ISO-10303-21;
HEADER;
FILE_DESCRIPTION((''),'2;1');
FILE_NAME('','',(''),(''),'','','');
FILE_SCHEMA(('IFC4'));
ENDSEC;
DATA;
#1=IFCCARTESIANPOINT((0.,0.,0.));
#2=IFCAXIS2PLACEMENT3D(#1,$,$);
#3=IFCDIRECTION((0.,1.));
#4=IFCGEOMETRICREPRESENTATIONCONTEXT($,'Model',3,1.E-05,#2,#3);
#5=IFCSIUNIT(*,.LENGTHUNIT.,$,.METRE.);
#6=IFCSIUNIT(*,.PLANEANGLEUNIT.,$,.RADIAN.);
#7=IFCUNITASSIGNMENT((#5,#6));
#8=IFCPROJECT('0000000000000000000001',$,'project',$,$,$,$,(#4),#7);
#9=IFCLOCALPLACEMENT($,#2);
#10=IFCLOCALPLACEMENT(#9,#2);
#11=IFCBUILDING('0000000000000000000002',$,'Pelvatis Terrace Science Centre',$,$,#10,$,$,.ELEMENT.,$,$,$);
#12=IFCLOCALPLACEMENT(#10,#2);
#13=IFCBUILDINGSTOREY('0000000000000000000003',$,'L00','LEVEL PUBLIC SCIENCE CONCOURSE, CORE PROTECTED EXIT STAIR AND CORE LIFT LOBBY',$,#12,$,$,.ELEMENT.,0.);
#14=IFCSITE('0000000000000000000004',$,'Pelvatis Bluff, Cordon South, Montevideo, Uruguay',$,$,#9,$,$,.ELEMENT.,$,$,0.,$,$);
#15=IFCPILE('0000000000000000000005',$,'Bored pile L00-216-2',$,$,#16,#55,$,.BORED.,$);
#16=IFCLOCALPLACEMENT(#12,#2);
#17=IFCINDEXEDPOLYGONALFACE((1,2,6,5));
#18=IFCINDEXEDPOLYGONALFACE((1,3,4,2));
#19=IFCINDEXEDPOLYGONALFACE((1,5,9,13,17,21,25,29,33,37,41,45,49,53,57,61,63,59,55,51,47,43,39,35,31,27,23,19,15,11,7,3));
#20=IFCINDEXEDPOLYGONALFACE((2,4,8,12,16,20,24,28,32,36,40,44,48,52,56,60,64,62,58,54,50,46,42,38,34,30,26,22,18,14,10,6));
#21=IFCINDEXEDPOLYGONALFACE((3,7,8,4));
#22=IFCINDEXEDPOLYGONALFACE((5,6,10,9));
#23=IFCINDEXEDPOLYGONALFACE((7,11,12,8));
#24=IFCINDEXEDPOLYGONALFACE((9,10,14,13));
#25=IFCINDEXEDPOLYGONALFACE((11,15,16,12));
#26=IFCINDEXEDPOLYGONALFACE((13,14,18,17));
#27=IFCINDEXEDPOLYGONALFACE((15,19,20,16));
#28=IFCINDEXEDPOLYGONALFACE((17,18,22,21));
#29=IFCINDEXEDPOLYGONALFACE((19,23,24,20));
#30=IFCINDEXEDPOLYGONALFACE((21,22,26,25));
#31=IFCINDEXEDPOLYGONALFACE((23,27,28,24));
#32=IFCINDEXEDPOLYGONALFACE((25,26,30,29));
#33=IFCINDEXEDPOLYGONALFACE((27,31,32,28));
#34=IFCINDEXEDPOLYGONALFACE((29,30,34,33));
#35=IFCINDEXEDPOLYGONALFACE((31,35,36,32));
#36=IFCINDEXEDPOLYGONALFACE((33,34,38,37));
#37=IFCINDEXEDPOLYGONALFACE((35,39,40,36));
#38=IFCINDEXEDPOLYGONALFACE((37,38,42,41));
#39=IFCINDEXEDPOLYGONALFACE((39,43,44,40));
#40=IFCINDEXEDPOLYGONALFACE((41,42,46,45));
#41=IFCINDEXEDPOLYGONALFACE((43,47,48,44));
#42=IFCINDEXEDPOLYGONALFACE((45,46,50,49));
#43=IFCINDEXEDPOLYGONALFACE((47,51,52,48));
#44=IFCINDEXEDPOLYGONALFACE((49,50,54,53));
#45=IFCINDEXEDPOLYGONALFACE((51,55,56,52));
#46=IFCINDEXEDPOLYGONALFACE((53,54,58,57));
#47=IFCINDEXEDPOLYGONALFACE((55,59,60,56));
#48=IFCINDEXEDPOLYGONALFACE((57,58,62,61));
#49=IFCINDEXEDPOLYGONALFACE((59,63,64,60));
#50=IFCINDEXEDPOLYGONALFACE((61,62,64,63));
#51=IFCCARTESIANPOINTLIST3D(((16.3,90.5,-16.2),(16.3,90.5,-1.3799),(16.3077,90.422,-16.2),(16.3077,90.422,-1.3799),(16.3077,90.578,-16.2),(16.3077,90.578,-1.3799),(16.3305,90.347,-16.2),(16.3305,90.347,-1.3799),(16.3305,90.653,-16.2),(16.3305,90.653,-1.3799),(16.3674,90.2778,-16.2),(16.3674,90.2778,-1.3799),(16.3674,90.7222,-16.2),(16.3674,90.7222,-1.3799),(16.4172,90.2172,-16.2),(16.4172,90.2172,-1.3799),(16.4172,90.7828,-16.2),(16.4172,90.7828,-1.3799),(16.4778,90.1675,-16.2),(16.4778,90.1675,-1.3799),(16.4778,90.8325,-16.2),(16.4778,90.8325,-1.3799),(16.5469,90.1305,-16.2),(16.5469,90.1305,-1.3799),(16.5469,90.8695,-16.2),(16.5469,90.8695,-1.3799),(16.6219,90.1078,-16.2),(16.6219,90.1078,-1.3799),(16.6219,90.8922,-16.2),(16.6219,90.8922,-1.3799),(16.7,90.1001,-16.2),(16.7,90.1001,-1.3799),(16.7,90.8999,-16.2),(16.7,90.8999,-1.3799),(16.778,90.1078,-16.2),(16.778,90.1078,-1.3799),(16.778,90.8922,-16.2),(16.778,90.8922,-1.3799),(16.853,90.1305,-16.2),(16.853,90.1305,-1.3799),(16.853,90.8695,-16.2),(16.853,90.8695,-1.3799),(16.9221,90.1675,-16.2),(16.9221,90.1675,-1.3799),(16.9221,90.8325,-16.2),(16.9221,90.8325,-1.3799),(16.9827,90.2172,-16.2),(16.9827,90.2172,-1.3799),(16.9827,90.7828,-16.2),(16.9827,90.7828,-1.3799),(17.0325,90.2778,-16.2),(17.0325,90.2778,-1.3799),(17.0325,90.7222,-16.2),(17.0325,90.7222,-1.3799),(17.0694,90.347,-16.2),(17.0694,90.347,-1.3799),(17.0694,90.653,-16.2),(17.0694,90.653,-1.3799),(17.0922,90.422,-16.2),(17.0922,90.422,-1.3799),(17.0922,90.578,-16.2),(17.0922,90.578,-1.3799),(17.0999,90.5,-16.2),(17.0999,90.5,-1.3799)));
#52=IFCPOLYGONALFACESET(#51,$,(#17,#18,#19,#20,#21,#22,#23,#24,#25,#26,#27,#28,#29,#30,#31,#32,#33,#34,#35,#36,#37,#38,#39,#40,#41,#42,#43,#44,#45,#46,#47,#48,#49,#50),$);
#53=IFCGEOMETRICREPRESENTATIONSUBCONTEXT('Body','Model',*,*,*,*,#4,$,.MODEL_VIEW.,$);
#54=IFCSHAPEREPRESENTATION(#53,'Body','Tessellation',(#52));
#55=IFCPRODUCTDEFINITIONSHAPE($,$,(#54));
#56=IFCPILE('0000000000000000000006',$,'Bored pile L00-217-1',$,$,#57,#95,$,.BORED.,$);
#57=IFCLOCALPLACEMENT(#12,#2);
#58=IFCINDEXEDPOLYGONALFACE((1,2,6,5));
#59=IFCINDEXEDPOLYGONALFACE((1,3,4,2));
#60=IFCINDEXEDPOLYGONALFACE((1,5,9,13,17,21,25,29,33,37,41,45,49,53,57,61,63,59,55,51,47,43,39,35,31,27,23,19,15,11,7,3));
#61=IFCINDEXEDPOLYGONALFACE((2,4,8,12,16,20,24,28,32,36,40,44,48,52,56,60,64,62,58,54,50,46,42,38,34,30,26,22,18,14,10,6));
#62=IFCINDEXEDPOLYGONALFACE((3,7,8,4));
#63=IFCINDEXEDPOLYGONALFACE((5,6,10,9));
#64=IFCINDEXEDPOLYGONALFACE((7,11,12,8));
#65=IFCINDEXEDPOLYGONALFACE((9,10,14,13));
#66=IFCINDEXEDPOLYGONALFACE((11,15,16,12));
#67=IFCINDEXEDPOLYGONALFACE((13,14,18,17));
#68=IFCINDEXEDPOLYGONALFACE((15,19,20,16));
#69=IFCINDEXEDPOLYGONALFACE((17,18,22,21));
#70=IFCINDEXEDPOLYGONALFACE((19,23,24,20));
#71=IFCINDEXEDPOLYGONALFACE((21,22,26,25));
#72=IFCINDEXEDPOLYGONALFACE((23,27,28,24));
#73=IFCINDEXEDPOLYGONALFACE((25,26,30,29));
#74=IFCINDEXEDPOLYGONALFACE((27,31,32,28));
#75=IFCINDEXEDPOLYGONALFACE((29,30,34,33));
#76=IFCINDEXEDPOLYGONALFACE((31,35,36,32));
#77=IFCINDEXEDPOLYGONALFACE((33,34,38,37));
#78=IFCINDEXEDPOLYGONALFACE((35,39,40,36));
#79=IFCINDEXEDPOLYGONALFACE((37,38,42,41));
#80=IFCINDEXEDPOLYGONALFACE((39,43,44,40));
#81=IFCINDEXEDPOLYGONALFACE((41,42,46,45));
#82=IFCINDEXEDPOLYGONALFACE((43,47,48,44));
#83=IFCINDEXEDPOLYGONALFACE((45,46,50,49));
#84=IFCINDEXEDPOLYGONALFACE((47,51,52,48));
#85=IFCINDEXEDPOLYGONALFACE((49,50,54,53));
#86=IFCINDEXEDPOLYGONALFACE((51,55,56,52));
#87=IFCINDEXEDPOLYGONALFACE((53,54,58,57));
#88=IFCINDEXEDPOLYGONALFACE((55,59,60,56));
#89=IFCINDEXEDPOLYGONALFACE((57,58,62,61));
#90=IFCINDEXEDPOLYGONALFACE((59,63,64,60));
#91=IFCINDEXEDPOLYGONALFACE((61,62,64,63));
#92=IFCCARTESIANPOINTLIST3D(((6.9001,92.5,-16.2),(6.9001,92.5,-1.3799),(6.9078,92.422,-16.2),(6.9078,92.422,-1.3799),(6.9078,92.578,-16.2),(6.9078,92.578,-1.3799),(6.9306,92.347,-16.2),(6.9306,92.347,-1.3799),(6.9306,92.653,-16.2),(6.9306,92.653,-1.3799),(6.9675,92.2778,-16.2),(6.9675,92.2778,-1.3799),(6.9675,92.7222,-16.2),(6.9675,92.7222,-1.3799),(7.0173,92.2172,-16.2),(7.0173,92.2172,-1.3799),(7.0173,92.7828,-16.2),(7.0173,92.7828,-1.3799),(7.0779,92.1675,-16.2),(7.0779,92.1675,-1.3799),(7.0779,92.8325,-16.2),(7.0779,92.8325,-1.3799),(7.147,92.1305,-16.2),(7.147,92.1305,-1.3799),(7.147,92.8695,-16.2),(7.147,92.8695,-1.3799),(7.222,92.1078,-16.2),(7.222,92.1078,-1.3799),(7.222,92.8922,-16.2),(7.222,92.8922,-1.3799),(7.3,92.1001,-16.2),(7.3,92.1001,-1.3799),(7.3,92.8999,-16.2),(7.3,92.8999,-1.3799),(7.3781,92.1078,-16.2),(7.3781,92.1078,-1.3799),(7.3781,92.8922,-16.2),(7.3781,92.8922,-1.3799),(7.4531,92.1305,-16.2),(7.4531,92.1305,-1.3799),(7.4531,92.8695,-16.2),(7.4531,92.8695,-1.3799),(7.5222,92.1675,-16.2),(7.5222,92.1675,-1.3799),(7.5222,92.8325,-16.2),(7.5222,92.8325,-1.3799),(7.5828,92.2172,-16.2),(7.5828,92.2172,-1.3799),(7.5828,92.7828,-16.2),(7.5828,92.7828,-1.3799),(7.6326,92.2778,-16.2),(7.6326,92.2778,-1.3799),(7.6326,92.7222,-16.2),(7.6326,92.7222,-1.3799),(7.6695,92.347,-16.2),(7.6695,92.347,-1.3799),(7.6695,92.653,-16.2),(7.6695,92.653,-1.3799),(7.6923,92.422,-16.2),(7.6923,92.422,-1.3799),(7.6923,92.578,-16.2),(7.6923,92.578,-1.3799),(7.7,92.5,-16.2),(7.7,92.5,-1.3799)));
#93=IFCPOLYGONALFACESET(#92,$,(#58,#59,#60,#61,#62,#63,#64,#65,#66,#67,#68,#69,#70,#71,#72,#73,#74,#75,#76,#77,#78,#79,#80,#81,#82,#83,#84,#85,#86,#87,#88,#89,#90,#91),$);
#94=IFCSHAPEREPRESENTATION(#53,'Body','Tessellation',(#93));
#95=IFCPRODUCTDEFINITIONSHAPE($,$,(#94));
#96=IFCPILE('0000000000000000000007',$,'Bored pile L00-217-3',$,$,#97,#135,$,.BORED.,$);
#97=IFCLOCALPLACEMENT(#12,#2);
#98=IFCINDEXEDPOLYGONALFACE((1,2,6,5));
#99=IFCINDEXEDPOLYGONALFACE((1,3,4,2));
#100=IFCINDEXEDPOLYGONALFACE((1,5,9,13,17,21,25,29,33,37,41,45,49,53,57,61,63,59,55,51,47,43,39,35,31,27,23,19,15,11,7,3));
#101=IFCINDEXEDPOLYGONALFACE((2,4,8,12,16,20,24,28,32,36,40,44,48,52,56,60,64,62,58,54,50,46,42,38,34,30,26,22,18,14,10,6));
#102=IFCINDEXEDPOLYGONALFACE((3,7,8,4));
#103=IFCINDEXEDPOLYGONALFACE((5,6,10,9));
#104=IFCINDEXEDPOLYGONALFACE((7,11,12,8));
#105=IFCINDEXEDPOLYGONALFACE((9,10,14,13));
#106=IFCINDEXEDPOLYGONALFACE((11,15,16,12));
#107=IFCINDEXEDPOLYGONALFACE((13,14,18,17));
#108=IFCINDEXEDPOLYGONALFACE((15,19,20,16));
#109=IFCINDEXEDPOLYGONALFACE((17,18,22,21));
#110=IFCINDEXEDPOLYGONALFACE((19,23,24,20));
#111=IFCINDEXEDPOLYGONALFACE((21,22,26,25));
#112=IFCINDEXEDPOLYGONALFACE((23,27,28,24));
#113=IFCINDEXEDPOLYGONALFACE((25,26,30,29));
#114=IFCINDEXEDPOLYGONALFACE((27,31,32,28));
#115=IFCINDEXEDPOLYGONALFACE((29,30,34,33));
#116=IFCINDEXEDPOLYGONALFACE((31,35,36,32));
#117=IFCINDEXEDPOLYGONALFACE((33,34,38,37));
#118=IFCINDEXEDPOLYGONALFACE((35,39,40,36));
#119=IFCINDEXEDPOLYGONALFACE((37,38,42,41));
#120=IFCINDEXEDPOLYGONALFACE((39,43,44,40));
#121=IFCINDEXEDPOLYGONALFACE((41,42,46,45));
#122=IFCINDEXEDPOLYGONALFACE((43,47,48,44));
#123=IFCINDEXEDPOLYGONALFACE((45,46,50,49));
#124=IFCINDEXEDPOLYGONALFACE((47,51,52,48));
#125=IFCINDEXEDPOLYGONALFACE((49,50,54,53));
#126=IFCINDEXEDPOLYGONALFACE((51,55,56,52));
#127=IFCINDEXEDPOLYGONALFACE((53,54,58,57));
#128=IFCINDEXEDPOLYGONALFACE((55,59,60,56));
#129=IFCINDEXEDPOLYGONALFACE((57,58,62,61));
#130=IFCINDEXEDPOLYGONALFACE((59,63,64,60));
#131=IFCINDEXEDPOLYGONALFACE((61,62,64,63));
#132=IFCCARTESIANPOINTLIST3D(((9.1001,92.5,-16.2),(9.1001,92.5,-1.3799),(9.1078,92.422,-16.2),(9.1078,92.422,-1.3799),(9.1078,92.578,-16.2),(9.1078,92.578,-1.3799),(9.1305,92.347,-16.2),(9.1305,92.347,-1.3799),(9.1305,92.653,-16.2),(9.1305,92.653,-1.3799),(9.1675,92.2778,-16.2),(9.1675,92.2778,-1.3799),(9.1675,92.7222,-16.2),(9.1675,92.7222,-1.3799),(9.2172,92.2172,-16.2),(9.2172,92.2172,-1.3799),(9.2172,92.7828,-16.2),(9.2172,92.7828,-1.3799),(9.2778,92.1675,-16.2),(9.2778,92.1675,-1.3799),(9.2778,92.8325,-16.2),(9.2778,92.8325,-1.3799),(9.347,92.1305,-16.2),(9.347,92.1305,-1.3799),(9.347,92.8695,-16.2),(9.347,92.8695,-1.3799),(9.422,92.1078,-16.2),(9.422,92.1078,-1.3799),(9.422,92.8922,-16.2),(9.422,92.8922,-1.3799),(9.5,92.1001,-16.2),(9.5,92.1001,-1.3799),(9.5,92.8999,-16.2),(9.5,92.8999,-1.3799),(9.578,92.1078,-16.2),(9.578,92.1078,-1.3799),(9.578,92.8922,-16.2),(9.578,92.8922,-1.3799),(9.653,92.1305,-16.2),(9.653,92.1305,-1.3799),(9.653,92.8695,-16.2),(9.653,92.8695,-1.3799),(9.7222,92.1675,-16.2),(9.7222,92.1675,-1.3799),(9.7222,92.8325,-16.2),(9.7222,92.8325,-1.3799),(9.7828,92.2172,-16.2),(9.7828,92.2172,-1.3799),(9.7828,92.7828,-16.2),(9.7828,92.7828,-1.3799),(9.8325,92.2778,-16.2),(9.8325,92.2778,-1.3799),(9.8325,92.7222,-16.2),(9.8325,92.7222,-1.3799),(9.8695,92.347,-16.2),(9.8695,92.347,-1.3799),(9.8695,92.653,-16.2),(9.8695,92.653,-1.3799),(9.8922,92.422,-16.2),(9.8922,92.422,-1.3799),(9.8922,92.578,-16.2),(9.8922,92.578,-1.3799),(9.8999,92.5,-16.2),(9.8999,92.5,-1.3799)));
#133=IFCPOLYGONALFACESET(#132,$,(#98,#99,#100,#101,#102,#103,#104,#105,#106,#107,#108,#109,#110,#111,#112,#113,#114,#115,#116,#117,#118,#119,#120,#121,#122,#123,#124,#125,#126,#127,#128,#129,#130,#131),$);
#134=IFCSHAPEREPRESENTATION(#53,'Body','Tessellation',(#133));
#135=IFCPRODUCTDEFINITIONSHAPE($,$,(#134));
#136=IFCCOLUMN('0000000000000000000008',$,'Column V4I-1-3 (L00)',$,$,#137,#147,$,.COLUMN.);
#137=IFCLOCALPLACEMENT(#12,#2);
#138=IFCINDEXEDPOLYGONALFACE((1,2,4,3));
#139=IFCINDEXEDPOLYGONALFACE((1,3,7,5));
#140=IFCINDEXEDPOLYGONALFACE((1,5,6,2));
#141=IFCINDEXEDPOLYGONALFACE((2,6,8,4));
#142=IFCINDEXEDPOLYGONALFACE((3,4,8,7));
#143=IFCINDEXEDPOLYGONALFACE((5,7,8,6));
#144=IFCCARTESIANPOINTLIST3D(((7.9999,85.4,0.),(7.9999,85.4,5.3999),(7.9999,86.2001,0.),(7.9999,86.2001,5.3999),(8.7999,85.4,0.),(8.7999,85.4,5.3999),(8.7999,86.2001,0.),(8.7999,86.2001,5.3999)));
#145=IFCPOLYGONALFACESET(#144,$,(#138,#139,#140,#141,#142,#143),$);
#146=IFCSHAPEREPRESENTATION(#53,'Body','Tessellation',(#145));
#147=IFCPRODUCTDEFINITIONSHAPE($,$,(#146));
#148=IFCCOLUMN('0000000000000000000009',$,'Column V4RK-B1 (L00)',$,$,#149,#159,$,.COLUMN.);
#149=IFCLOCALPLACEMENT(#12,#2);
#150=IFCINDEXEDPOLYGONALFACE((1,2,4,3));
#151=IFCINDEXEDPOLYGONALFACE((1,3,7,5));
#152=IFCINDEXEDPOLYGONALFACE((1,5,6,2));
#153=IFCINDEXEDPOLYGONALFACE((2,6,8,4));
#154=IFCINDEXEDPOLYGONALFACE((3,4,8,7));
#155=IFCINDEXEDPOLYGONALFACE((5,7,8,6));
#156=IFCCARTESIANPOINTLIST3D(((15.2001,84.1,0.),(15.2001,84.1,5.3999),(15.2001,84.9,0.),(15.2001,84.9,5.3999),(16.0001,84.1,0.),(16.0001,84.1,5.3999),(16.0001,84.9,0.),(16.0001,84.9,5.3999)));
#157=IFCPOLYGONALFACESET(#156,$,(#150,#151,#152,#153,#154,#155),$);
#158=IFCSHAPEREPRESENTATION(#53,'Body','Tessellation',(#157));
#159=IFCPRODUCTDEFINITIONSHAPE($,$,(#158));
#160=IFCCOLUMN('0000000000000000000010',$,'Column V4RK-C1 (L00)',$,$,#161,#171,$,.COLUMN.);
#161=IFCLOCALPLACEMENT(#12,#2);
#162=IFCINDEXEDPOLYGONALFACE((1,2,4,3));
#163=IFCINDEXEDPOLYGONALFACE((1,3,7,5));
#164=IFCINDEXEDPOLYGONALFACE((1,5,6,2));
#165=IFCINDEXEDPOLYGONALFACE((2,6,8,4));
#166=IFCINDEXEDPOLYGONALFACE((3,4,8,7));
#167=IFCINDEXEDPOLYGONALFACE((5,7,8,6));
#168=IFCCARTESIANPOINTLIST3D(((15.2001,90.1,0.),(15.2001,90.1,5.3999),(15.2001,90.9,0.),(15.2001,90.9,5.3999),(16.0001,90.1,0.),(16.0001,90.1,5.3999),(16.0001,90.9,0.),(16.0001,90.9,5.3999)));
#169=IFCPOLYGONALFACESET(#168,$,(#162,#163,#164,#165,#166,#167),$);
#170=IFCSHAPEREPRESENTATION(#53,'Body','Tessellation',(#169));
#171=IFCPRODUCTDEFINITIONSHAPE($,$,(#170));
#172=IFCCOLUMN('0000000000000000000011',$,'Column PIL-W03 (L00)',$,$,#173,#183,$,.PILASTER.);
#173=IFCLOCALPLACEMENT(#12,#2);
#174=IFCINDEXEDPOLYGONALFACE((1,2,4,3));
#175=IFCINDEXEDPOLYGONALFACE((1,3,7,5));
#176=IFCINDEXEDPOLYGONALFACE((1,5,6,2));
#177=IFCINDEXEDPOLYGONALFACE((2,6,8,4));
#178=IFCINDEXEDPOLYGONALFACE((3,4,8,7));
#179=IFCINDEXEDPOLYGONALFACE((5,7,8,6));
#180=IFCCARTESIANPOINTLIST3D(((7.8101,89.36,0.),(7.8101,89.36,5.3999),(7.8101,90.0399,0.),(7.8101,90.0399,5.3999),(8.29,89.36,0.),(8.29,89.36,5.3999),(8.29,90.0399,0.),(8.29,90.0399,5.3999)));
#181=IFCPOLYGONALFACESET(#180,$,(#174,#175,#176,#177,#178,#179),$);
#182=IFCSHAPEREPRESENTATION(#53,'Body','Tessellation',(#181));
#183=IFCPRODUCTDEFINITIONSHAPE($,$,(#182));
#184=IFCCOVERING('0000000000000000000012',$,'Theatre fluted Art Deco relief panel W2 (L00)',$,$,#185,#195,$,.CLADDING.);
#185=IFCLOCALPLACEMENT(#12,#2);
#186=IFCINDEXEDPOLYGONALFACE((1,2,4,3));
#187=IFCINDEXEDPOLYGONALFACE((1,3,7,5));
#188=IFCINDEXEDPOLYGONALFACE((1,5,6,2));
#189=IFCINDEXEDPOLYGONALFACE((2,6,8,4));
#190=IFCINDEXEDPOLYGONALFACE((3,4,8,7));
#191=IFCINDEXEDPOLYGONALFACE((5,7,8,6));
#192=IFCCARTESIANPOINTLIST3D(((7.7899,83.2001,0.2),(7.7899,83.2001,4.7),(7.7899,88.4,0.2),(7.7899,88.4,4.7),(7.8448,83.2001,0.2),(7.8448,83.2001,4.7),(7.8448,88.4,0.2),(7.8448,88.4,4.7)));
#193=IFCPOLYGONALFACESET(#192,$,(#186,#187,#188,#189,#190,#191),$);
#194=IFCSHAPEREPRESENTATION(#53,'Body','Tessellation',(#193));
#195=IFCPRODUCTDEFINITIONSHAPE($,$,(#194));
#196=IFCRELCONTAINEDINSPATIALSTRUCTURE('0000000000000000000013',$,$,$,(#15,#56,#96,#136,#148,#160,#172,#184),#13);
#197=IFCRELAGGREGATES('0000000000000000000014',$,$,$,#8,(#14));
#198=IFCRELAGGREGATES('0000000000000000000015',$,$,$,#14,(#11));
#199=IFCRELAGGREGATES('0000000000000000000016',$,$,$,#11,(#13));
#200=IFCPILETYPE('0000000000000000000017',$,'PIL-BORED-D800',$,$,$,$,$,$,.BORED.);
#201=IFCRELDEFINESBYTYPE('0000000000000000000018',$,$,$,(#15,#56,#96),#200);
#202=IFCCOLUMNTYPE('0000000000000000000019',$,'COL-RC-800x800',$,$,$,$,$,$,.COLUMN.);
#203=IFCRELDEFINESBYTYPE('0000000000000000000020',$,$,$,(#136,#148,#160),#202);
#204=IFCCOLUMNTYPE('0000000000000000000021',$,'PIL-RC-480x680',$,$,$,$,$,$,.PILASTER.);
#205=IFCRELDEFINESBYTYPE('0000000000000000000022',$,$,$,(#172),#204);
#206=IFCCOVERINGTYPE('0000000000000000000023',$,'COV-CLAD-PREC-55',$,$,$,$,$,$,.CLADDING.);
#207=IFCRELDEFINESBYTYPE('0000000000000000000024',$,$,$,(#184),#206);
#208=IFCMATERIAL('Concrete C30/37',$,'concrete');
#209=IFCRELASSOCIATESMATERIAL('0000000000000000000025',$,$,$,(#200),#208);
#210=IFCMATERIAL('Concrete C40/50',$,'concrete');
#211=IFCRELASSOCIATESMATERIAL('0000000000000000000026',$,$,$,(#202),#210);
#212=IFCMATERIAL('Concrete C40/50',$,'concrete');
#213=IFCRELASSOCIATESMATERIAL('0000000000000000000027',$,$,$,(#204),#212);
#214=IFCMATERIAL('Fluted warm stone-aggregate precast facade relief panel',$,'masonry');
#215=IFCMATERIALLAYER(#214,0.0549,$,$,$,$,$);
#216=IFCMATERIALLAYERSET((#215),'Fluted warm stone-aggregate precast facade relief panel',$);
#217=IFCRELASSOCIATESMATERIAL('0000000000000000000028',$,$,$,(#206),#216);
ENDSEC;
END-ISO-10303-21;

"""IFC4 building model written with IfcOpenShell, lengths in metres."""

from ifc_helpers import new_model, si_unit, direction, frame, origin, origin_2d, place, context, subcontext, project, spatial, rectangle, circle, extrude, material, layer, layer_set, material_profile, profile_set, type_object, element, save


model = new_model("IFC4")

# Units and contexts
model_context = context("Model", 3, precision=1e-05, world=origin(), true_north=direction((0.0, 1.0)))
body_context = subcontext(model_context, "Body", "Model", "MODEL_VIEW")
ifc_project = project(units=[si_unit("LENGTHUNIT", "METRE"), si_unit("PLANEANGLEUNIT", "RADIAN")], contexts=[model_context])

# Site, building, storey
site_placement = place(None, origin())
site = spatial("IfcSite", under=ifc_project, at=site_placement, Name="Pelvatis Bluff, Cordon South, Montevideo, Uruguay", CompositionType="ELEMENT", RefElevation=0.0)
building_placement = place(site_placement, origin())
building = spatial("IfcBuilding", under=site, at=building_placement, Name="Pelvatis Terrace Science Centre", CompositionType="ELEMENT")
storey_placement = place(building_placement, origin())
storey = spatial("IfcBuildingStorey", under=building, at=storey_placement, Name="L00", Description="LEVEL PUBLIC SCIENCE CONCOURSE, CORE PROTECTED EXIT STAIR AND CORE LIFT LOBBY", CompositionType="ELEMENT", Elevation=0.0)

# Piles
ifc_material_1 = material(Name="Concrete C30/37", Category="concrete")
ifc_material_profile_1 = material_profile(ifc_material_1, circle(Radius=0.3999, at=origin_2d()), Name="PILE D800")
ifc_profile_set_1 = profile_set([ifc_material_profile_1], Name="Concrete C30/37")
pile_type = type_object("IfcPileType", Name="PIL-BORED-D800", PredefinedType="BORED", material=ifc_profile_set_1)
for number, where, z_axis, x_axis, name in (
    (1, (16.7, 90.5, -1.3799), (0.0, 0.0, -1.0), (1.0, 0.0, 0.0), "Bored pile L00-216-2"),
    (2, (7.3, 92.5, -1.3799), (0.0, 0.0, -1.0), (1.0, 0.0, 0.0), "Bored pile L00-217-1"),
    (3, (9.5, 92.5, -1.3799), (0.0, 0.0, -1.0), (1.0, 0.0, 0.0), "Bored pile L00-217-3"),
):
    element("IfcPile", number, at=place(storey_placement, frame(where, z_axis=z_axis, x_axis=x_axis)), inside=storey, type_object=pile_type, Name=name, PredefinedType="BORED", context=body_context, shape_type="SweptSolid", body=[
        extrude(circle(Radius=0.3999, at=origin_2d()), origin(), (0.0, 0.0, 1.0), 14.8201),
    ])

# Columns
ifc_material_2 = material(Name="Concrete C40/50", Category="concrete")
ifc_material_profile_2 = material_profile(ifc_material_2, rectangle(XDim=0.8, YDim=0.8, at=origin_2d()), Name="RC-COL 800x800")
ifc_profile_set_2 = profile_set([ifc_material_profile_2], Name="Concrete C40/50")
column_type_1 = type_object("IfcColumnType", Name="COL-RC-800x800", PredefinedType="COLUMN", material=ifc_profile_set_2)
for number, where, z_axis, x_axis, name in (
    (4, (8.3999, 85.8, 0.0), (0.0, 0.0, 1.0), (1.0, 0.0, 0.0), "Column V4I-1-3 (L00)"),
    (5, (15.6001, 84.5, 0.0), (0.0, 0.0, 1.0), (1.0, 0.0, 0.0), "Column V4RK-B1 (L00)"),
    (6, (15.6001, 90.5, 0.0), (0.0, 0.0, 1.0), (1.0, 0.0, 0.0), "Column V4RK-C1 (L00)"),
):
    element("IfcColumn", number, at=place(storey_placement, frame(where, z_axis=z_axis, x_axis=x_axis)), inside=storey, type_object=column_type_1, Name=name, PredefinedType="COLUMN", context=body_context, shape_type="SweptSolid", body=[
        extrude(rectangle(XDim=0.8, YDim=0.8, at=origin_2d()), origin(), (0.0, 0.0, 1.0), 5.3999),
    ])
ifc_material_3 = material(Name="Concrete C40/50", Category="concrete")
ifc_material_profile_3 = material_profile(ifc_material_3, rectangle(XDim=0.48, YDim=0.6799, at=origin_2d()), Name="RC-PIL 480x680")
ifc_profile_set_3 = profile_set([ifc_material_profile_3], Name="Concrete C40/50")
column_type_2 = type_object("IfcColumnType", Name="PIL-RC-480x680", PredefinedType="PILASTER", material=ifc_profile_set_3)
column_placement = place(storey_placement, frame((8.05, 89.7, 0.0), z_axis=(0.0, 0.0, 1.0), x_axis=(1.0, 0.0, 0.0)))
element("IfcColumn", 7, at=column_placement, inside=storey, type_object=column_type_2, Name="Column PIL-W03 (L00)", PredefinedType="PILASTER", context=body_context, shape_type="SweptSolid", body=[
    extrude(rectangle(XDim=0.48, YDim=0.6799, at=origin_2d()), origin(), (0.0, 0.0, 1.0), 5.3999),
])

# Covering
ifc_material_4 = material(Name="Fluted warm stone-aggregate precast facade relief panel", Category="masonry")
ifc_layer_1 = layer(ifc_material_4, 0.0549)
ifc_layer_set_1 = layer_set([ifc_layer_1], Name="Fluted warm stone-aggregate precast facade relief panel")
covering_type = type_object("IfcCoveringType", Name="COV-CLAD-PREC-55", PredefinedType="CLADDING", material=ifc_layer_set_1)
covering_placement = place(storey_placement, frame((7.8174, 85.8, 0.2), z_axis=(0.0, 0.0, 1.0), x_axis=(1.0, 0.0, 0.0)))
element("IfcCovering", 8, at=covering_placement, inside=storey, type_object=covering_type, Name="Theatre fluted Art Deco relief panel W2 (L00)", PredefinedType="CLADDING", context=body_context, shape_type="SweptSolid", body=[
    extrude(rectangle(XDim=0.0549, YDim=5.2, at=origin_2d()), origin(), (0.0, 0.0, 1.0), 4.5),
])

save(model, "model.ifc")
